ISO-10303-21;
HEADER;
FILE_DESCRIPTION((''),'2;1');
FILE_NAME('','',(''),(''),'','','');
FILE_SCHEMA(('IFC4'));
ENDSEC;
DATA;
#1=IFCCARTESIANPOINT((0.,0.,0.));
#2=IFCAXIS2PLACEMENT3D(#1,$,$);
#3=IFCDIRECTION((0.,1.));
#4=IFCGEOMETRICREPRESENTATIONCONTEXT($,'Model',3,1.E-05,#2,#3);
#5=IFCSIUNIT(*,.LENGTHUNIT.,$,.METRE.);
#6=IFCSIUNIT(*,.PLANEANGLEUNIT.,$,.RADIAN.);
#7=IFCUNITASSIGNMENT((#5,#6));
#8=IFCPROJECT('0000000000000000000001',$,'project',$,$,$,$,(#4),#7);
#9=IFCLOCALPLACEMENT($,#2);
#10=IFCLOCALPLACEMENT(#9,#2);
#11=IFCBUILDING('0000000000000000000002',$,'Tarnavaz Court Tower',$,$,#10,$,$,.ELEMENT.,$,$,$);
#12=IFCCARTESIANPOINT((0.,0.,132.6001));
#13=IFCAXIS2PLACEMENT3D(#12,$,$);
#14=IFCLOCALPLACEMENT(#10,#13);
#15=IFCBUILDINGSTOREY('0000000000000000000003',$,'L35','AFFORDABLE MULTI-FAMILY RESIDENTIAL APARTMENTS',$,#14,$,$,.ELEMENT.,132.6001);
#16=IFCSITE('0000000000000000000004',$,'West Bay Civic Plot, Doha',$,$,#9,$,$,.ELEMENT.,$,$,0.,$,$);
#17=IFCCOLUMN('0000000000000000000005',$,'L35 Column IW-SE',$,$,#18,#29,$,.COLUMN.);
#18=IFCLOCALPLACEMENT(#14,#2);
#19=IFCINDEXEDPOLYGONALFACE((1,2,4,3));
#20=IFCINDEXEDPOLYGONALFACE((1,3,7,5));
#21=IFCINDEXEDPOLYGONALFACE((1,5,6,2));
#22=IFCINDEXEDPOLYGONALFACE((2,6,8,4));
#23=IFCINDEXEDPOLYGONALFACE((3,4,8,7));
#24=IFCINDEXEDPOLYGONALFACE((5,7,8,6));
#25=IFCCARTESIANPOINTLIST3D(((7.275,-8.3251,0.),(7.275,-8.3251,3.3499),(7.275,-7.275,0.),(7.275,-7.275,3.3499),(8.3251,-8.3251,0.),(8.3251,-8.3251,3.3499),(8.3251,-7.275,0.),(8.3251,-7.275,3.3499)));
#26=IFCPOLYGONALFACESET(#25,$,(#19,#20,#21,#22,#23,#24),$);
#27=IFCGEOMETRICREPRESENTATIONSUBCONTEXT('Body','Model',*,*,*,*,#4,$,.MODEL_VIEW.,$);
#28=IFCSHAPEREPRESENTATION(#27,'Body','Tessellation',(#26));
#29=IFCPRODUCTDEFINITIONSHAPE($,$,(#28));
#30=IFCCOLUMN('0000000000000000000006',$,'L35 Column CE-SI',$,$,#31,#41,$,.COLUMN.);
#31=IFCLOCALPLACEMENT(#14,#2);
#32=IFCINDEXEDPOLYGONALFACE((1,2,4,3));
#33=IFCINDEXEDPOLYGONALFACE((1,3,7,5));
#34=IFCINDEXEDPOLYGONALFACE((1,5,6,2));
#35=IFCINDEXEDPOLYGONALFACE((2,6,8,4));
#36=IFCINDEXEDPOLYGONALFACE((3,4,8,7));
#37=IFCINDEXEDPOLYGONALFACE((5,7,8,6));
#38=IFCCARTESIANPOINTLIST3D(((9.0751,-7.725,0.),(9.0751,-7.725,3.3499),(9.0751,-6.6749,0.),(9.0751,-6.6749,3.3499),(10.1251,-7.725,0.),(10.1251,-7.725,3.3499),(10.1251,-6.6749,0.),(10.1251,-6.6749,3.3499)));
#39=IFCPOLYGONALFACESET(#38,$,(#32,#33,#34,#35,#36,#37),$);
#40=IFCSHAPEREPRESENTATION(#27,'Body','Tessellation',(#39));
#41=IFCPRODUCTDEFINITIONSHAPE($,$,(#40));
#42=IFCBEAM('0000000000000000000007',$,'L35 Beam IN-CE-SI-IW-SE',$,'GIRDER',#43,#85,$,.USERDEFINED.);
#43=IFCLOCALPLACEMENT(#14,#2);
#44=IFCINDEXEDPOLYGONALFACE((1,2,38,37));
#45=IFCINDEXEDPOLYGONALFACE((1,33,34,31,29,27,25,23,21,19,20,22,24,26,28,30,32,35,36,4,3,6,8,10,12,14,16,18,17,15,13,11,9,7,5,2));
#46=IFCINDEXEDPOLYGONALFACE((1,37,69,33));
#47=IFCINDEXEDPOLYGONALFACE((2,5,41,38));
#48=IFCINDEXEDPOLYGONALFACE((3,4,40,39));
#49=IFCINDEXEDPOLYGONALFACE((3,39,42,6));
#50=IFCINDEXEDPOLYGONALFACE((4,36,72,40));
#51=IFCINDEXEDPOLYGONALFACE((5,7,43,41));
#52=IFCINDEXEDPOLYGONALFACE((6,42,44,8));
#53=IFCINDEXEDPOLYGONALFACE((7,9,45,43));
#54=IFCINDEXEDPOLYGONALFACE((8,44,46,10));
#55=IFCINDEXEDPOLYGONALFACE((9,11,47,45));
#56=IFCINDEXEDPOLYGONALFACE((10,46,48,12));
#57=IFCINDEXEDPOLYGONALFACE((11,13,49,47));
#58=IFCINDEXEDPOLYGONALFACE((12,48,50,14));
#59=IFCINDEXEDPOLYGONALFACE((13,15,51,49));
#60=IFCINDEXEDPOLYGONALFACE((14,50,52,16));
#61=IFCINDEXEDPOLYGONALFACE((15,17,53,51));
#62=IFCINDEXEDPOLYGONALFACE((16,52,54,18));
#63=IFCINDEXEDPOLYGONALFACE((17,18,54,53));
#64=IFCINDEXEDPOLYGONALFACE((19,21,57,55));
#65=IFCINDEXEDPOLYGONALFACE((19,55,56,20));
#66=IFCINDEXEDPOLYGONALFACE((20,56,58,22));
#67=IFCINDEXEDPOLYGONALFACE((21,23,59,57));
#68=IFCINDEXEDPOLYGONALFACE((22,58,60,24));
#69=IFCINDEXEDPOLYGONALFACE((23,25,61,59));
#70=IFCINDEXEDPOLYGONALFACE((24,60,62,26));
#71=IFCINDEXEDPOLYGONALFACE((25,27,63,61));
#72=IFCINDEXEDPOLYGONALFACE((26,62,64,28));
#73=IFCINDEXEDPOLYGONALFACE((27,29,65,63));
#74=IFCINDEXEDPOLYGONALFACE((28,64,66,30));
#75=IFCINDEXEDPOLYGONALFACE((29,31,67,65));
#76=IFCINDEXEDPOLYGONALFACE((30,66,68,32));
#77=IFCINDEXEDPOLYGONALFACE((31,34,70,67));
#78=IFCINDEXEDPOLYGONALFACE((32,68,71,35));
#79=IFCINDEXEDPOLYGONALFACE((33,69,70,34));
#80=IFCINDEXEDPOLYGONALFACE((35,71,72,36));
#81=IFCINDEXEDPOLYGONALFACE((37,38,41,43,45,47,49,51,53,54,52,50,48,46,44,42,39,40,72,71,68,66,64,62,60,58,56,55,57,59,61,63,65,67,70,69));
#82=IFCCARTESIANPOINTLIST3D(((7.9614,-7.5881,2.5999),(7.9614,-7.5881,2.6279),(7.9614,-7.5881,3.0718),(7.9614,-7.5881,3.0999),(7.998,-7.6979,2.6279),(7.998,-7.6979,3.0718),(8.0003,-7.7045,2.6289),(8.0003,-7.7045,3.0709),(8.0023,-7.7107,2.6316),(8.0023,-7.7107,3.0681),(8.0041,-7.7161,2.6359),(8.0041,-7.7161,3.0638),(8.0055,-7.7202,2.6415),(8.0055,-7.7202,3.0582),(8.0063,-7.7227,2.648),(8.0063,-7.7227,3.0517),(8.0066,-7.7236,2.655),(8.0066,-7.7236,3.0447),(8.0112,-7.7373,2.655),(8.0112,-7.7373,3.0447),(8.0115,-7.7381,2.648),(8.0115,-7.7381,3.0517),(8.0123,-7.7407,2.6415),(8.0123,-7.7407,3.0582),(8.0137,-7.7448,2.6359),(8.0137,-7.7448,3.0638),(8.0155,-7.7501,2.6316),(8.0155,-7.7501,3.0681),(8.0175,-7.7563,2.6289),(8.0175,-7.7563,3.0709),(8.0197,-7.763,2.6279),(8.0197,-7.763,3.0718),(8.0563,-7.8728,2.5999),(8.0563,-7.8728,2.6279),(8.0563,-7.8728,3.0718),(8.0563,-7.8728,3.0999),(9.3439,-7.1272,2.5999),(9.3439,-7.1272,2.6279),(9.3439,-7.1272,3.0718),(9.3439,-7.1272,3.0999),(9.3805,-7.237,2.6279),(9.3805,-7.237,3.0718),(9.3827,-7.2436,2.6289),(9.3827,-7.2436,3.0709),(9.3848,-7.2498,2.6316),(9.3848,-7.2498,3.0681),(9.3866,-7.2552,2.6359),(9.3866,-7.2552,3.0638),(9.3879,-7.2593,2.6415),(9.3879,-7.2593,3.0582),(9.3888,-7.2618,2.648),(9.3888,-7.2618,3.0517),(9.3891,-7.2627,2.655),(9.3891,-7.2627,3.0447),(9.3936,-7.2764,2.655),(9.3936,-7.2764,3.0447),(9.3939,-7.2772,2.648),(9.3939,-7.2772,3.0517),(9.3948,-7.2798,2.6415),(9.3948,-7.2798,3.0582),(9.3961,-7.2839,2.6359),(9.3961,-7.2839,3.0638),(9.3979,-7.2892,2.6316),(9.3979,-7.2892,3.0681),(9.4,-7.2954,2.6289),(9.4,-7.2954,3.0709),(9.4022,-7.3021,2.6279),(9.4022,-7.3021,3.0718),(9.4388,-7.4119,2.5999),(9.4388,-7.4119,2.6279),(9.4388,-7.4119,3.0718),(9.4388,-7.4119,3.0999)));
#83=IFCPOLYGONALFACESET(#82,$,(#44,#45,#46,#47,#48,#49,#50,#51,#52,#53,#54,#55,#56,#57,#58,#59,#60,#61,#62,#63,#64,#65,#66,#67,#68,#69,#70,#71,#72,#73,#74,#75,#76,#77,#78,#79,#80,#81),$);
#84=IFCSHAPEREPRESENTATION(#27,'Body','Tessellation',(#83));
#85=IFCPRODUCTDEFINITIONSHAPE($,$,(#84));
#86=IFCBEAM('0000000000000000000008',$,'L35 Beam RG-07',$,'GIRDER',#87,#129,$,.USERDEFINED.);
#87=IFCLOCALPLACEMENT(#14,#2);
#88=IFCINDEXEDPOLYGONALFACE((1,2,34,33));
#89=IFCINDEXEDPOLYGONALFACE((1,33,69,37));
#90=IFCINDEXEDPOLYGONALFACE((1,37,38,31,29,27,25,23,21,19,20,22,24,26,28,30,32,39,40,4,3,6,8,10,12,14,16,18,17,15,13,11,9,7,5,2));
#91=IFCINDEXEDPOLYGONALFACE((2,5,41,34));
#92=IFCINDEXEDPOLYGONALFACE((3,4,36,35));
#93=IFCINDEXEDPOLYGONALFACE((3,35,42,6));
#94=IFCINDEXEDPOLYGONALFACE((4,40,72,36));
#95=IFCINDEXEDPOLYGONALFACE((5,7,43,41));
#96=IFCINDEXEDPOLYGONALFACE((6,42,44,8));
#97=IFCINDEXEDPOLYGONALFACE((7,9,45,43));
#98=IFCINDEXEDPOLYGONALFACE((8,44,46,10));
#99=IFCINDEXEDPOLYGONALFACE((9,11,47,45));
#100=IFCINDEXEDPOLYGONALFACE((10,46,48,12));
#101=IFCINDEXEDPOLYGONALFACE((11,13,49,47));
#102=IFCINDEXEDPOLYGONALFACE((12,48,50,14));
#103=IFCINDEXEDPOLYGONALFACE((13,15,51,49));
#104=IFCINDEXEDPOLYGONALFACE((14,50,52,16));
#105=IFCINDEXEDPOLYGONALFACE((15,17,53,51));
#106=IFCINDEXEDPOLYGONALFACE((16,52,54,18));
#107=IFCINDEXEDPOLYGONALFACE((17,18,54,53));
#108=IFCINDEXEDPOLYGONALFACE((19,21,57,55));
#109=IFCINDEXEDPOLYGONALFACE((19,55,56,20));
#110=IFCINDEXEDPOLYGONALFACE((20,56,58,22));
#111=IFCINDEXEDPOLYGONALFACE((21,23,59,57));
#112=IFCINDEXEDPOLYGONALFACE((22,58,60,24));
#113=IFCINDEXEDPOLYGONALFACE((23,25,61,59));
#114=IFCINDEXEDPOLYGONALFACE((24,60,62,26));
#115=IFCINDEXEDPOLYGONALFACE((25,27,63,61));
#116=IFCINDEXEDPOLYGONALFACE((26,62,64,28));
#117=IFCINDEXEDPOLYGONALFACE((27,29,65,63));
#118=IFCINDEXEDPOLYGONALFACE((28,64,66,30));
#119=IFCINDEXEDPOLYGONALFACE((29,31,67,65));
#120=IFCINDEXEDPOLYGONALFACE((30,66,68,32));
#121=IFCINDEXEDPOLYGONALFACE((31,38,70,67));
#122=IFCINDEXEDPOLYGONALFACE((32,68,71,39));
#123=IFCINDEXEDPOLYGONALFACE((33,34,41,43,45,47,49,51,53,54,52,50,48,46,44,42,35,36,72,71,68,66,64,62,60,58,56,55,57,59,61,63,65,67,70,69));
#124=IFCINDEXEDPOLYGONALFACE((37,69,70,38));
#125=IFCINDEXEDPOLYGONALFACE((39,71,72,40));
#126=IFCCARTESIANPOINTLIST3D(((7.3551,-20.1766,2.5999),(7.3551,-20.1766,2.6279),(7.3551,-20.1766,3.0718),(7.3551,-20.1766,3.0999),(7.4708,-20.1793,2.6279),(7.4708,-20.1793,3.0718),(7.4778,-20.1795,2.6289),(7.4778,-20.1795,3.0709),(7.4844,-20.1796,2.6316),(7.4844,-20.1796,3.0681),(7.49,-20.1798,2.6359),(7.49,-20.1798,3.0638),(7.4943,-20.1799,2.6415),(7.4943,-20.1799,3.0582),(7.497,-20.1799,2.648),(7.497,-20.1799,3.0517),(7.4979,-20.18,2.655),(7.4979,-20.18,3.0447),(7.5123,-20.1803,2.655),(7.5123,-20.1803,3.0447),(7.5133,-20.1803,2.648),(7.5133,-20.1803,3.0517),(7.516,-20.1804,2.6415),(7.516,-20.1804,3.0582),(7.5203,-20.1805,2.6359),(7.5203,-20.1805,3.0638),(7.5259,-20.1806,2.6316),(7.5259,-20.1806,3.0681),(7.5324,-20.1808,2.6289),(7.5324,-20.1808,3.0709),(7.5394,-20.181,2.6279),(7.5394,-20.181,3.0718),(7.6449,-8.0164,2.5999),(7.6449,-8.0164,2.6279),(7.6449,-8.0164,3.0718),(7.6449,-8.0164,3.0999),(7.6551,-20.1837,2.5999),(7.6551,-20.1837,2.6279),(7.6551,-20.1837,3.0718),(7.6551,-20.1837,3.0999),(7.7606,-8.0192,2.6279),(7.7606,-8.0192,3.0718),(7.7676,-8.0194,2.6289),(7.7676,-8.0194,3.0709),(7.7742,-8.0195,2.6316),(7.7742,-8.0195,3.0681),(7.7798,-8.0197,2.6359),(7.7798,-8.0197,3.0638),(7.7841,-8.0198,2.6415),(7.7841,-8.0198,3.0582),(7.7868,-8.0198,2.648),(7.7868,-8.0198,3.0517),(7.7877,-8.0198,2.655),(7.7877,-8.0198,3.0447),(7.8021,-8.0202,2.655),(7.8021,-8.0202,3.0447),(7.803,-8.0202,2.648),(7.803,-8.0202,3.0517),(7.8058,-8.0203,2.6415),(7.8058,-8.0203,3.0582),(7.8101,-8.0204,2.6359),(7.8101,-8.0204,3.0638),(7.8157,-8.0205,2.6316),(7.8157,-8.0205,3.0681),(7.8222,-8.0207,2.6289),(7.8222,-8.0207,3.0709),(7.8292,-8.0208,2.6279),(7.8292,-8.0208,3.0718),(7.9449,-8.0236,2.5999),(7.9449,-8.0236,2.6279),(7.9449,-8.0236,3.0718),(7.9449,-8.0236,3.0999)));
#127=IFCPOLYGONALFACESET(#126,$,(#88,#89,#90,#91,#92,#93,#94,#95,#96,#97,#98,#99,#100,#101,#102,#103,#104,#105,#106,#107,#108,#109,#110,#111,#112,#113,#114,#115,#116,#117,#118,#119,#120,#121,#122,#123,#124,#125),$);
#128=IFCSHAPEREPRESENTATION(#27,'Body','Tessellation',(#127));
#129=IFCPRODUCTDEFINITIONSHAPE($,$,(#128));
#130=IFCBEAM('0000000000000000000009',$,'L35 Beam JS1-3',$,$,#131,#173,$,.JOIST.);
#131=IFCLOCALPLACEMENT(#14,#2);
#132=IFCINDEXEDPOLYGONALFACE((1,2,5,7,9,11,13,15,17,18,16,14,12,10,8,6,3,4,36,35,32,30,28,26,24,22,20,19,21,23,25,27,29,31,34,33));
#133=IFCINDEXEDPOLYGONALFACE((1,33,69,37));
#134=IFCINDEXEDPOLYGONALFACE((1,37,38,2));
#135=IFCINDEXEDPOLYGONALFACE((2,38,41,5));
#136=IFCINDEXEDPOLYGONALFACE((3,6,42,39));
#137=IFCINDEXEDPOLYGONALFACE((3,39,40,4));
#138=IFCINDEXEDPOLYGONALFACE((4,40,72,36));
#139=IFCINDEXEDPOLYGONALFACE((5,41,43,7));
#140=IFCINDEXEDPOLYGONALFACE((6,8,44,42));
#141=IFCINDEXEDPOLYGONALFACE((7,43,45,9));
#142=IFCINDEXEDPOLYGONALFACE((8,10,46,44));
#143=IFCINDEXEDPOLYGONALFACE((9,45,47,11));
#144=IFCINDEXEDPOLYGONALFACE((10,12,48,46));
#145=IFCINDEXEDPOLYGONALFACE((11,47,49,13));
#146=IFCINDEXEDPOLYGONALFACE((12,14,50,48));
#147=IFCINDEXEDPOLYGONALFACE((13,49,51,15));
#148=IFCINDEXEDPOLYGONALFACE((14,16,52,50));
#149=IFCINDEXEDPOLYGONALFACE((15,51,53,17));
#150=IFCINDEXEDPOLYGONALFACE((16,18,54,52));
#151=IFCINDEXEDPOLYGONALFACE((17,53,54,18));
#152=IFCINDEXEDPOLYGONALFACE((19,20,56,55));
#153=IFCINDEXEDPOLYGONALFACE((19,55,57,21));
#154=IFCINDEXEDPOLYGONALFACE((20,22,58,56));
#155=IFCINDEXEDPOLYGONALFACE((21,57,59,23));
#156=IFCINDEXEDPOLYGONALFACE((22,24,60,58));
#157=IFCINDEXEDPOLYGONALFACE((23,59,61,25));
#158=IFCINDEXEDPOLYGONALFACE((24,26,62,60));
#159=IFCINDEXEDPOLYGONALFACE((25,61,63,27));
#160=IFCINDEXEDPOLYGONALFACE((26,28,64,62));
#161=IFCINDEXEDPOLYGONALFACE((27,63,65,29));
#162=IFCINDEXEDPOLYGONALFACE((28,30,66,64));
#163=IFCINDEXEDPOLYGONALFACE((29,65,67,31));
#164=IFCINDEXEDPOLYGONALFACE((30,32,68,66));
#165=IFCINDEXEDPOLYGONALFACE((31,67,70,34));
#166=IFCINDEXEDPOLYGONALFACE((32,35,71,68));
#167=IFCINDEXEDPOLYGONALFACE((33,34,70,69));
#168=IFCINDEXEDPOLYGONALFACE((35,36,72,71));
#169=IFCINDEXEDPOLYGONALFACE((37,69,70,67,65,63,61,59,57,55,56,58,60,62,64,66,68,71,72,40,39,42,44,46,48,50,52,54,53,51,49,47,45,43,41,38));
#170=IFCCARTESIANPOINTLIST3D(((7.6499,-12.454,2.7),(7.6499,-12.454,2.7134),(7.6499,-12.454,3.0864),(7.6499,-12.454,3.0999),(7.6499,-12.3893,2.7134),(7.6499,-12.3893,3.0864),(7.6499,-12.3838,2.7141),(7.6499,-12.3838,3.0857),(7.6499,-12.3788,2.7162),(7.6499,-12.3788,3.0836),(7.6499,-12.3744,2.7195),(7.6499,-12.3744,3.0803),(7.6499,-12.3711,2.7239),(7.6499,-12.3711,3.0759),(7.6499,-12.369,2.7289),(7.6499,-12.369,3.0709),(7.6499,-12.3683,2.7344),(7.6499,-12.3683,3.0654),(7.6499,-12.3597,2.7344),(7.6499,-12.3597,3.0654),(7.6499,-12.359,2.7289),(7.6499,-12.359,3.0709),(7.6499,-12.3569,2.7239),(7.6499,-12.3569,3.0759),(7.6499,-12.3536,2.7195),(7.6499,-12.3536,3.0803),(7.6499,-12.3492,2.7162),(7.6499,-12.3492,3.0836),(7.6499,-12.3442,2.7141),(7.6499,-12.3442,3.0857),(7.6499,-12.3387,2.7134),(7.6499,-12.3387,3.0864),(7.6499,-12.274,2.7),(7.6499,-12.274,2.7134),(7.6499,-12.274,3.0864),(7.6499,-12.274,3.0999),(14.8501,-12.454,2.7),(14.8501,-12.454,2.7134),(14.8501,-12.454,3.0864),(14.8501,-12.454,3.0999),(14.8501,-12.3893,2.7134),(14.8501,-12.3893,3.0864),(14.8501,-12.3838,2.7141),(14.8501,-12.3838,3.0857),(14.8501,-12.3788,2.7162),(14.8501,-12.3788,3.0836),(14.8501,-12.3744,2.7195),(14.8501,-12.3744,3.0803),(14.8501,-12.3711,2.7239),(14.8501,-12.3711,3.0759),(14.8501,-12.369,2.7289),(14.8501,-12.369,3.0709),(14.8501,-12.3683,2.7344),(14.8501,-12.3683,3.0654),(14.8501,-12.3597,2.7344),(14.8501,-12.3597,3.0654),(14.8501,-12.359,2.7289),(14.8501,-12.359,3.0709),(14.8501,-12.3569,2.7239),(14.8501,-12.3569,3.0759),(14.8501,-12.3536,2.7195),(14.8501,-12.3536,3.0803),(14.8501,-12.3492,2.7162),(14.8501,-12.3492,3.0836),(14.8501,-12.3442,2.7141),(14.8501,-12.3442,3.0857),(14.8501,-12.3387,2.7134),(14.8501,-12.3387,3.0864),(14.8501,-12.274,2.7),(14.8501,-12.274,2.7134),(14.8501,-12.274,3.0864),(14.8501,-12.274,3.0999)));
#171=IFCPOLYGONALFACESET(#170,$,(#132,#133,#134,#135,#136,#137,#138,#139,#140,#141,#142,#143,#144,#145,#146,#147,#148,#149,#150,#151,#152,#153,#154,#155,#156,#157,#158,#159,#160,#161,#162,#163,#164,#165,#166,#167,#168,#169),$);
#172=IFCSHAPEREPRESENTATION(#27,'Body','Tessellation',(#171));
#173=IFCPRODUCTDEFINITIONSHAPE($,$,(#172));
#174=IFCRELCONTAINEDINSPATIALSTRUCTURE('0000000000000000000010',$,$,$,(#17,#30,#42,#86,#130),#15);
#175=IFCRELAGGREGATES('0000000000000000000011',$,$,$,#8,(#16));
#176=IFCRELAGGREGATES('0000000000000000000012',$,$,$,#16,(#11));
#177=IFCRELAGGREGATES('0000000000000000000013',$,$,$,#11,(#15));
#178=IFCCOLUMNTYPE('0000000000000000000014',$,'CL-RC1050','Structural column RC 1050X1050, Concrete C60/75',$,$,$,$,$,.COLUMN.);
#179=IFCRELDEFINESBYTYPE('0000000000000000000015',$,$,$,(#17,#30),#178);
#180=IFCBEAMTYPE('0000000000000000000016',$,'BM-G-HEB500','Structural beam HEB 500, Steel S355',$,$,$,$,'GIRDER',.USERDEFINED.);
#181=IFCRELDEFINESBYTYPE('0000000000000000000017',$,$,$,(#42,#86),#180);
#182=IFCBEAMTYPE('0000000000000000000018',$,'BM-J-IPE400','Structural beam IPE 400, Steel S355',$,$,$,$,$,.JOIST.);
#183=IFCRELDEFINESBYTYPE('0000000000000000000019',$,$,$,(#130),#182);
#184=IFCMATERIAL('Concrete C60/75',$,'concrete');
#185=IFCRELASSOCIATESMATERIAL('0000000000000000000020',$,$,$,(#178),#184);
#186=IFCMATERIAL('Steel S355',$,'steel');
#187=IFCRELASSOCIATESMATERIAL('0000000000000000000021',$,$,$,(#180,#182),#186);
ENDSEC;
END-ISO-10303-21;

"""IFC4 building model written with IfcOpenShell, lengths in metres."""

from ifc_helpers import new_model, si_unit, direction, frame, origin, origin_2d, place, context, subcontext, project, spatial, rectangle, i_section, extrude, material, material_profile, profile_set, type_object, element, save


model = new_model("IFC4")

# Units and contexts
model_context = context("Model", 3, precision=1e-05, world=origin(), true_north=direction((0.0, 1.0)))
body_context = subcontext(model_context, "Body", "Model", "MODEL_VIEW")
ifc_project = project(units=[si_unit("LENGTHUNIT", "METRE"), si_unit("PLANEANGLEUNIT", "RADIAN")], contexts=[model_context])

# Site, building, storey
site_placement = place(None, origin())
site = spatial("IfcSite", under=ifc_project, at=site_placement, Name="West Bay Civic Plot, Doha", CompositionType="ELEMENT", RefElevation=0.0)
building_placement = place(site_placement, origin())
building = spatial("IfcBuilding", under=site, at=building_placement, Name="Tarnavaz Court Tower", CompositionType="ELEMENT")
storey_placement = place(building_placement, frame((0.0, 0.0, 132.6001)))
storey = spatial("IfcBuildingStorey", under=building, at=storey_placement, Name="L35", Description="AFFORDABLE MULTI-FAMILY RESIDENTIAL APARTMENTS", CompositionType="ELEMENT", Elevation=132.6001)

# Columns
ifc_material_1 = material(Name="Concrete C60/75", Category="concrete")
ifc_material_profile_1 = material_profile(ifc_material_1, rectangle(XDim=1.05, YDim=1.05, at=origin_2d()), Name="RC 1050X1050")
ifc_profile_set_1 = profile_set([ifc_material_profile_1], Name="Concrete C60/75")
column_type = type_object("IfcColumnType", Name="CL-RC1050", Description="Structural column RC 1050X1050, Concrete C60/75", PredefinedType="COLUMN", material=ifc_profile_set_1)
for number, where, z_axis, x_axis, name in (
    (1, (7.8, -7.8, 0.0), (0.0, 0.0, 1.0), (1.0, 0.0, 0.0), "L35 Column IW-SE"),
    (2, (9.6001, -7.2, 0.0), (0.0, 0.0, 1.0), (1.0, 0.0, 0.0), "L35 Column CE-SI"),
):
    element("IfcColumn", number, at=place(storey_placement, frame(where, z_axis=z_axis, x_axis=x_axis)), inside=storey, type_object=column_type, Name=name, PredefinedType="COLUMN", context=body_context, shape_type="SweptSolid", body=[
        extrude(rectangle(XDim=1.05, YDim=1.05, at=origin_2d()), origin(), (0.0, 0.0, 1.0), 3.3499),
    ])

# Beams
ifc_material_2 = material(Name="Steel S355", Category="steel")
ifc_material_profile_2 = material_profile(ifc_material_2, i_section(OverallWidth=0.3, OverallDepth=0.5, WebThickness=0.0144, FlangeThickness=0.0281, FilletRadius=0.0271, at=origin_2d()), Name="HEB 500")
ifc_profile_set_2 = profile_set([ifc_material_profile_2], Name="Steel S355")
beam_type_1 = type_object("IfcBeamType", Name="BM-G-HEB500", Description="Structural beam HEB 500, Steel S355", ElementType="GIRDER", PredefinedType="USERDEFINED", material=ifc_profile_set_2)
beam_1_placement = place(storey_placement, frame((9.3914, -7.2695, 2.8499), z_axis=(-0.948667, -0.316278, 0.0), x_axis=(0.316278, -0.948667, 0.0)))
element("IfcBeam", 3, at=beam_1_placement, inside=storey, type_object=beam_type_1, Name="L35 Beam IN-CE-SI-IW-SE", ObjectType="GIRDER", PredefinedType="USERDEFINED", context=body_context, shape_type="SweptSolid", body=[
    extrude(i_section(OverallWidth=0.3, OverallDepth=0.5, WebThickness=0.0144, FlangeThickness=0.0281, FilletRadius=0.0271, at=origin_2d()), origin(), (0.0, 0.0, 1.0), 1.4573),
])
beam_2_placement = place(storey_placement, frame((7.7949, -8.02, 2.8499), z_axis=(-0.023825, -0.999716, 0.0), x_axis=(0.999716, -0.023825, 0.0)))
element("IfcBeam", 4, at=beam_2_placement, inside=storey, type_object=beam_type_1, Name="L35 Beam RG-07", ObjectType="GIRDER", PredefinedType="USERDEFINED", context=body_context, shape_type="SweptSolid", body=[
    extrude(i_section(OverallWidth=0.3, OverallDepth=0.5, WebThickness=0.0144, FlangeThickness=0.0281, FilletRadius=0.0271, at=origin_2d()), origin(), (0.0, 0.0, 1.0), 12.1636),
])
ifc_material_profile_3 = material_profile(ifc_material_2, i_section(OverallWidth=0.1799, OverallDepth=0.3999, WebThickness=0.0085, FlangeThickness=0.0134, FilletRadius=0.021, at=origin_2d()), Name="IPE 400")
ifc_profile_set_3 = profile_set([ifc_material_profile_3], Name="Steel S355")
beam_type_2 = type_object("IfcBeamType", Name="BM-J-IPE400", Description="Structural beam IPE 400, Steel S355", PredefinedType="JOIST", material=ifc_profile_set_3)
beam_3_placement = place(storey_placement, frame((7.6499, -12.364, 2.8999), z_axis=(1.0, 0.0, 0.0), x_axis=(0.0, 1.0, 0.0)))
element("IfcBeam", 5, at=beam_3_placement, inside=storey, type_object=beam_type_2, Name="L35 Beam JS1-3", PredefinedType="JOIST", context=body_context, shape_type="SweptSolid", body=[
    extrude(i_section(OverallWidth=0.1799, OverallDepth=0.3999, WebThickness=0.0085, FlangeThickness=0.0134, FilletRadius=0.021, at=origin_2d()), origin(), (0.0, 0.0, 1.0), 7.2002),
])

save(model, "model.ifc")
